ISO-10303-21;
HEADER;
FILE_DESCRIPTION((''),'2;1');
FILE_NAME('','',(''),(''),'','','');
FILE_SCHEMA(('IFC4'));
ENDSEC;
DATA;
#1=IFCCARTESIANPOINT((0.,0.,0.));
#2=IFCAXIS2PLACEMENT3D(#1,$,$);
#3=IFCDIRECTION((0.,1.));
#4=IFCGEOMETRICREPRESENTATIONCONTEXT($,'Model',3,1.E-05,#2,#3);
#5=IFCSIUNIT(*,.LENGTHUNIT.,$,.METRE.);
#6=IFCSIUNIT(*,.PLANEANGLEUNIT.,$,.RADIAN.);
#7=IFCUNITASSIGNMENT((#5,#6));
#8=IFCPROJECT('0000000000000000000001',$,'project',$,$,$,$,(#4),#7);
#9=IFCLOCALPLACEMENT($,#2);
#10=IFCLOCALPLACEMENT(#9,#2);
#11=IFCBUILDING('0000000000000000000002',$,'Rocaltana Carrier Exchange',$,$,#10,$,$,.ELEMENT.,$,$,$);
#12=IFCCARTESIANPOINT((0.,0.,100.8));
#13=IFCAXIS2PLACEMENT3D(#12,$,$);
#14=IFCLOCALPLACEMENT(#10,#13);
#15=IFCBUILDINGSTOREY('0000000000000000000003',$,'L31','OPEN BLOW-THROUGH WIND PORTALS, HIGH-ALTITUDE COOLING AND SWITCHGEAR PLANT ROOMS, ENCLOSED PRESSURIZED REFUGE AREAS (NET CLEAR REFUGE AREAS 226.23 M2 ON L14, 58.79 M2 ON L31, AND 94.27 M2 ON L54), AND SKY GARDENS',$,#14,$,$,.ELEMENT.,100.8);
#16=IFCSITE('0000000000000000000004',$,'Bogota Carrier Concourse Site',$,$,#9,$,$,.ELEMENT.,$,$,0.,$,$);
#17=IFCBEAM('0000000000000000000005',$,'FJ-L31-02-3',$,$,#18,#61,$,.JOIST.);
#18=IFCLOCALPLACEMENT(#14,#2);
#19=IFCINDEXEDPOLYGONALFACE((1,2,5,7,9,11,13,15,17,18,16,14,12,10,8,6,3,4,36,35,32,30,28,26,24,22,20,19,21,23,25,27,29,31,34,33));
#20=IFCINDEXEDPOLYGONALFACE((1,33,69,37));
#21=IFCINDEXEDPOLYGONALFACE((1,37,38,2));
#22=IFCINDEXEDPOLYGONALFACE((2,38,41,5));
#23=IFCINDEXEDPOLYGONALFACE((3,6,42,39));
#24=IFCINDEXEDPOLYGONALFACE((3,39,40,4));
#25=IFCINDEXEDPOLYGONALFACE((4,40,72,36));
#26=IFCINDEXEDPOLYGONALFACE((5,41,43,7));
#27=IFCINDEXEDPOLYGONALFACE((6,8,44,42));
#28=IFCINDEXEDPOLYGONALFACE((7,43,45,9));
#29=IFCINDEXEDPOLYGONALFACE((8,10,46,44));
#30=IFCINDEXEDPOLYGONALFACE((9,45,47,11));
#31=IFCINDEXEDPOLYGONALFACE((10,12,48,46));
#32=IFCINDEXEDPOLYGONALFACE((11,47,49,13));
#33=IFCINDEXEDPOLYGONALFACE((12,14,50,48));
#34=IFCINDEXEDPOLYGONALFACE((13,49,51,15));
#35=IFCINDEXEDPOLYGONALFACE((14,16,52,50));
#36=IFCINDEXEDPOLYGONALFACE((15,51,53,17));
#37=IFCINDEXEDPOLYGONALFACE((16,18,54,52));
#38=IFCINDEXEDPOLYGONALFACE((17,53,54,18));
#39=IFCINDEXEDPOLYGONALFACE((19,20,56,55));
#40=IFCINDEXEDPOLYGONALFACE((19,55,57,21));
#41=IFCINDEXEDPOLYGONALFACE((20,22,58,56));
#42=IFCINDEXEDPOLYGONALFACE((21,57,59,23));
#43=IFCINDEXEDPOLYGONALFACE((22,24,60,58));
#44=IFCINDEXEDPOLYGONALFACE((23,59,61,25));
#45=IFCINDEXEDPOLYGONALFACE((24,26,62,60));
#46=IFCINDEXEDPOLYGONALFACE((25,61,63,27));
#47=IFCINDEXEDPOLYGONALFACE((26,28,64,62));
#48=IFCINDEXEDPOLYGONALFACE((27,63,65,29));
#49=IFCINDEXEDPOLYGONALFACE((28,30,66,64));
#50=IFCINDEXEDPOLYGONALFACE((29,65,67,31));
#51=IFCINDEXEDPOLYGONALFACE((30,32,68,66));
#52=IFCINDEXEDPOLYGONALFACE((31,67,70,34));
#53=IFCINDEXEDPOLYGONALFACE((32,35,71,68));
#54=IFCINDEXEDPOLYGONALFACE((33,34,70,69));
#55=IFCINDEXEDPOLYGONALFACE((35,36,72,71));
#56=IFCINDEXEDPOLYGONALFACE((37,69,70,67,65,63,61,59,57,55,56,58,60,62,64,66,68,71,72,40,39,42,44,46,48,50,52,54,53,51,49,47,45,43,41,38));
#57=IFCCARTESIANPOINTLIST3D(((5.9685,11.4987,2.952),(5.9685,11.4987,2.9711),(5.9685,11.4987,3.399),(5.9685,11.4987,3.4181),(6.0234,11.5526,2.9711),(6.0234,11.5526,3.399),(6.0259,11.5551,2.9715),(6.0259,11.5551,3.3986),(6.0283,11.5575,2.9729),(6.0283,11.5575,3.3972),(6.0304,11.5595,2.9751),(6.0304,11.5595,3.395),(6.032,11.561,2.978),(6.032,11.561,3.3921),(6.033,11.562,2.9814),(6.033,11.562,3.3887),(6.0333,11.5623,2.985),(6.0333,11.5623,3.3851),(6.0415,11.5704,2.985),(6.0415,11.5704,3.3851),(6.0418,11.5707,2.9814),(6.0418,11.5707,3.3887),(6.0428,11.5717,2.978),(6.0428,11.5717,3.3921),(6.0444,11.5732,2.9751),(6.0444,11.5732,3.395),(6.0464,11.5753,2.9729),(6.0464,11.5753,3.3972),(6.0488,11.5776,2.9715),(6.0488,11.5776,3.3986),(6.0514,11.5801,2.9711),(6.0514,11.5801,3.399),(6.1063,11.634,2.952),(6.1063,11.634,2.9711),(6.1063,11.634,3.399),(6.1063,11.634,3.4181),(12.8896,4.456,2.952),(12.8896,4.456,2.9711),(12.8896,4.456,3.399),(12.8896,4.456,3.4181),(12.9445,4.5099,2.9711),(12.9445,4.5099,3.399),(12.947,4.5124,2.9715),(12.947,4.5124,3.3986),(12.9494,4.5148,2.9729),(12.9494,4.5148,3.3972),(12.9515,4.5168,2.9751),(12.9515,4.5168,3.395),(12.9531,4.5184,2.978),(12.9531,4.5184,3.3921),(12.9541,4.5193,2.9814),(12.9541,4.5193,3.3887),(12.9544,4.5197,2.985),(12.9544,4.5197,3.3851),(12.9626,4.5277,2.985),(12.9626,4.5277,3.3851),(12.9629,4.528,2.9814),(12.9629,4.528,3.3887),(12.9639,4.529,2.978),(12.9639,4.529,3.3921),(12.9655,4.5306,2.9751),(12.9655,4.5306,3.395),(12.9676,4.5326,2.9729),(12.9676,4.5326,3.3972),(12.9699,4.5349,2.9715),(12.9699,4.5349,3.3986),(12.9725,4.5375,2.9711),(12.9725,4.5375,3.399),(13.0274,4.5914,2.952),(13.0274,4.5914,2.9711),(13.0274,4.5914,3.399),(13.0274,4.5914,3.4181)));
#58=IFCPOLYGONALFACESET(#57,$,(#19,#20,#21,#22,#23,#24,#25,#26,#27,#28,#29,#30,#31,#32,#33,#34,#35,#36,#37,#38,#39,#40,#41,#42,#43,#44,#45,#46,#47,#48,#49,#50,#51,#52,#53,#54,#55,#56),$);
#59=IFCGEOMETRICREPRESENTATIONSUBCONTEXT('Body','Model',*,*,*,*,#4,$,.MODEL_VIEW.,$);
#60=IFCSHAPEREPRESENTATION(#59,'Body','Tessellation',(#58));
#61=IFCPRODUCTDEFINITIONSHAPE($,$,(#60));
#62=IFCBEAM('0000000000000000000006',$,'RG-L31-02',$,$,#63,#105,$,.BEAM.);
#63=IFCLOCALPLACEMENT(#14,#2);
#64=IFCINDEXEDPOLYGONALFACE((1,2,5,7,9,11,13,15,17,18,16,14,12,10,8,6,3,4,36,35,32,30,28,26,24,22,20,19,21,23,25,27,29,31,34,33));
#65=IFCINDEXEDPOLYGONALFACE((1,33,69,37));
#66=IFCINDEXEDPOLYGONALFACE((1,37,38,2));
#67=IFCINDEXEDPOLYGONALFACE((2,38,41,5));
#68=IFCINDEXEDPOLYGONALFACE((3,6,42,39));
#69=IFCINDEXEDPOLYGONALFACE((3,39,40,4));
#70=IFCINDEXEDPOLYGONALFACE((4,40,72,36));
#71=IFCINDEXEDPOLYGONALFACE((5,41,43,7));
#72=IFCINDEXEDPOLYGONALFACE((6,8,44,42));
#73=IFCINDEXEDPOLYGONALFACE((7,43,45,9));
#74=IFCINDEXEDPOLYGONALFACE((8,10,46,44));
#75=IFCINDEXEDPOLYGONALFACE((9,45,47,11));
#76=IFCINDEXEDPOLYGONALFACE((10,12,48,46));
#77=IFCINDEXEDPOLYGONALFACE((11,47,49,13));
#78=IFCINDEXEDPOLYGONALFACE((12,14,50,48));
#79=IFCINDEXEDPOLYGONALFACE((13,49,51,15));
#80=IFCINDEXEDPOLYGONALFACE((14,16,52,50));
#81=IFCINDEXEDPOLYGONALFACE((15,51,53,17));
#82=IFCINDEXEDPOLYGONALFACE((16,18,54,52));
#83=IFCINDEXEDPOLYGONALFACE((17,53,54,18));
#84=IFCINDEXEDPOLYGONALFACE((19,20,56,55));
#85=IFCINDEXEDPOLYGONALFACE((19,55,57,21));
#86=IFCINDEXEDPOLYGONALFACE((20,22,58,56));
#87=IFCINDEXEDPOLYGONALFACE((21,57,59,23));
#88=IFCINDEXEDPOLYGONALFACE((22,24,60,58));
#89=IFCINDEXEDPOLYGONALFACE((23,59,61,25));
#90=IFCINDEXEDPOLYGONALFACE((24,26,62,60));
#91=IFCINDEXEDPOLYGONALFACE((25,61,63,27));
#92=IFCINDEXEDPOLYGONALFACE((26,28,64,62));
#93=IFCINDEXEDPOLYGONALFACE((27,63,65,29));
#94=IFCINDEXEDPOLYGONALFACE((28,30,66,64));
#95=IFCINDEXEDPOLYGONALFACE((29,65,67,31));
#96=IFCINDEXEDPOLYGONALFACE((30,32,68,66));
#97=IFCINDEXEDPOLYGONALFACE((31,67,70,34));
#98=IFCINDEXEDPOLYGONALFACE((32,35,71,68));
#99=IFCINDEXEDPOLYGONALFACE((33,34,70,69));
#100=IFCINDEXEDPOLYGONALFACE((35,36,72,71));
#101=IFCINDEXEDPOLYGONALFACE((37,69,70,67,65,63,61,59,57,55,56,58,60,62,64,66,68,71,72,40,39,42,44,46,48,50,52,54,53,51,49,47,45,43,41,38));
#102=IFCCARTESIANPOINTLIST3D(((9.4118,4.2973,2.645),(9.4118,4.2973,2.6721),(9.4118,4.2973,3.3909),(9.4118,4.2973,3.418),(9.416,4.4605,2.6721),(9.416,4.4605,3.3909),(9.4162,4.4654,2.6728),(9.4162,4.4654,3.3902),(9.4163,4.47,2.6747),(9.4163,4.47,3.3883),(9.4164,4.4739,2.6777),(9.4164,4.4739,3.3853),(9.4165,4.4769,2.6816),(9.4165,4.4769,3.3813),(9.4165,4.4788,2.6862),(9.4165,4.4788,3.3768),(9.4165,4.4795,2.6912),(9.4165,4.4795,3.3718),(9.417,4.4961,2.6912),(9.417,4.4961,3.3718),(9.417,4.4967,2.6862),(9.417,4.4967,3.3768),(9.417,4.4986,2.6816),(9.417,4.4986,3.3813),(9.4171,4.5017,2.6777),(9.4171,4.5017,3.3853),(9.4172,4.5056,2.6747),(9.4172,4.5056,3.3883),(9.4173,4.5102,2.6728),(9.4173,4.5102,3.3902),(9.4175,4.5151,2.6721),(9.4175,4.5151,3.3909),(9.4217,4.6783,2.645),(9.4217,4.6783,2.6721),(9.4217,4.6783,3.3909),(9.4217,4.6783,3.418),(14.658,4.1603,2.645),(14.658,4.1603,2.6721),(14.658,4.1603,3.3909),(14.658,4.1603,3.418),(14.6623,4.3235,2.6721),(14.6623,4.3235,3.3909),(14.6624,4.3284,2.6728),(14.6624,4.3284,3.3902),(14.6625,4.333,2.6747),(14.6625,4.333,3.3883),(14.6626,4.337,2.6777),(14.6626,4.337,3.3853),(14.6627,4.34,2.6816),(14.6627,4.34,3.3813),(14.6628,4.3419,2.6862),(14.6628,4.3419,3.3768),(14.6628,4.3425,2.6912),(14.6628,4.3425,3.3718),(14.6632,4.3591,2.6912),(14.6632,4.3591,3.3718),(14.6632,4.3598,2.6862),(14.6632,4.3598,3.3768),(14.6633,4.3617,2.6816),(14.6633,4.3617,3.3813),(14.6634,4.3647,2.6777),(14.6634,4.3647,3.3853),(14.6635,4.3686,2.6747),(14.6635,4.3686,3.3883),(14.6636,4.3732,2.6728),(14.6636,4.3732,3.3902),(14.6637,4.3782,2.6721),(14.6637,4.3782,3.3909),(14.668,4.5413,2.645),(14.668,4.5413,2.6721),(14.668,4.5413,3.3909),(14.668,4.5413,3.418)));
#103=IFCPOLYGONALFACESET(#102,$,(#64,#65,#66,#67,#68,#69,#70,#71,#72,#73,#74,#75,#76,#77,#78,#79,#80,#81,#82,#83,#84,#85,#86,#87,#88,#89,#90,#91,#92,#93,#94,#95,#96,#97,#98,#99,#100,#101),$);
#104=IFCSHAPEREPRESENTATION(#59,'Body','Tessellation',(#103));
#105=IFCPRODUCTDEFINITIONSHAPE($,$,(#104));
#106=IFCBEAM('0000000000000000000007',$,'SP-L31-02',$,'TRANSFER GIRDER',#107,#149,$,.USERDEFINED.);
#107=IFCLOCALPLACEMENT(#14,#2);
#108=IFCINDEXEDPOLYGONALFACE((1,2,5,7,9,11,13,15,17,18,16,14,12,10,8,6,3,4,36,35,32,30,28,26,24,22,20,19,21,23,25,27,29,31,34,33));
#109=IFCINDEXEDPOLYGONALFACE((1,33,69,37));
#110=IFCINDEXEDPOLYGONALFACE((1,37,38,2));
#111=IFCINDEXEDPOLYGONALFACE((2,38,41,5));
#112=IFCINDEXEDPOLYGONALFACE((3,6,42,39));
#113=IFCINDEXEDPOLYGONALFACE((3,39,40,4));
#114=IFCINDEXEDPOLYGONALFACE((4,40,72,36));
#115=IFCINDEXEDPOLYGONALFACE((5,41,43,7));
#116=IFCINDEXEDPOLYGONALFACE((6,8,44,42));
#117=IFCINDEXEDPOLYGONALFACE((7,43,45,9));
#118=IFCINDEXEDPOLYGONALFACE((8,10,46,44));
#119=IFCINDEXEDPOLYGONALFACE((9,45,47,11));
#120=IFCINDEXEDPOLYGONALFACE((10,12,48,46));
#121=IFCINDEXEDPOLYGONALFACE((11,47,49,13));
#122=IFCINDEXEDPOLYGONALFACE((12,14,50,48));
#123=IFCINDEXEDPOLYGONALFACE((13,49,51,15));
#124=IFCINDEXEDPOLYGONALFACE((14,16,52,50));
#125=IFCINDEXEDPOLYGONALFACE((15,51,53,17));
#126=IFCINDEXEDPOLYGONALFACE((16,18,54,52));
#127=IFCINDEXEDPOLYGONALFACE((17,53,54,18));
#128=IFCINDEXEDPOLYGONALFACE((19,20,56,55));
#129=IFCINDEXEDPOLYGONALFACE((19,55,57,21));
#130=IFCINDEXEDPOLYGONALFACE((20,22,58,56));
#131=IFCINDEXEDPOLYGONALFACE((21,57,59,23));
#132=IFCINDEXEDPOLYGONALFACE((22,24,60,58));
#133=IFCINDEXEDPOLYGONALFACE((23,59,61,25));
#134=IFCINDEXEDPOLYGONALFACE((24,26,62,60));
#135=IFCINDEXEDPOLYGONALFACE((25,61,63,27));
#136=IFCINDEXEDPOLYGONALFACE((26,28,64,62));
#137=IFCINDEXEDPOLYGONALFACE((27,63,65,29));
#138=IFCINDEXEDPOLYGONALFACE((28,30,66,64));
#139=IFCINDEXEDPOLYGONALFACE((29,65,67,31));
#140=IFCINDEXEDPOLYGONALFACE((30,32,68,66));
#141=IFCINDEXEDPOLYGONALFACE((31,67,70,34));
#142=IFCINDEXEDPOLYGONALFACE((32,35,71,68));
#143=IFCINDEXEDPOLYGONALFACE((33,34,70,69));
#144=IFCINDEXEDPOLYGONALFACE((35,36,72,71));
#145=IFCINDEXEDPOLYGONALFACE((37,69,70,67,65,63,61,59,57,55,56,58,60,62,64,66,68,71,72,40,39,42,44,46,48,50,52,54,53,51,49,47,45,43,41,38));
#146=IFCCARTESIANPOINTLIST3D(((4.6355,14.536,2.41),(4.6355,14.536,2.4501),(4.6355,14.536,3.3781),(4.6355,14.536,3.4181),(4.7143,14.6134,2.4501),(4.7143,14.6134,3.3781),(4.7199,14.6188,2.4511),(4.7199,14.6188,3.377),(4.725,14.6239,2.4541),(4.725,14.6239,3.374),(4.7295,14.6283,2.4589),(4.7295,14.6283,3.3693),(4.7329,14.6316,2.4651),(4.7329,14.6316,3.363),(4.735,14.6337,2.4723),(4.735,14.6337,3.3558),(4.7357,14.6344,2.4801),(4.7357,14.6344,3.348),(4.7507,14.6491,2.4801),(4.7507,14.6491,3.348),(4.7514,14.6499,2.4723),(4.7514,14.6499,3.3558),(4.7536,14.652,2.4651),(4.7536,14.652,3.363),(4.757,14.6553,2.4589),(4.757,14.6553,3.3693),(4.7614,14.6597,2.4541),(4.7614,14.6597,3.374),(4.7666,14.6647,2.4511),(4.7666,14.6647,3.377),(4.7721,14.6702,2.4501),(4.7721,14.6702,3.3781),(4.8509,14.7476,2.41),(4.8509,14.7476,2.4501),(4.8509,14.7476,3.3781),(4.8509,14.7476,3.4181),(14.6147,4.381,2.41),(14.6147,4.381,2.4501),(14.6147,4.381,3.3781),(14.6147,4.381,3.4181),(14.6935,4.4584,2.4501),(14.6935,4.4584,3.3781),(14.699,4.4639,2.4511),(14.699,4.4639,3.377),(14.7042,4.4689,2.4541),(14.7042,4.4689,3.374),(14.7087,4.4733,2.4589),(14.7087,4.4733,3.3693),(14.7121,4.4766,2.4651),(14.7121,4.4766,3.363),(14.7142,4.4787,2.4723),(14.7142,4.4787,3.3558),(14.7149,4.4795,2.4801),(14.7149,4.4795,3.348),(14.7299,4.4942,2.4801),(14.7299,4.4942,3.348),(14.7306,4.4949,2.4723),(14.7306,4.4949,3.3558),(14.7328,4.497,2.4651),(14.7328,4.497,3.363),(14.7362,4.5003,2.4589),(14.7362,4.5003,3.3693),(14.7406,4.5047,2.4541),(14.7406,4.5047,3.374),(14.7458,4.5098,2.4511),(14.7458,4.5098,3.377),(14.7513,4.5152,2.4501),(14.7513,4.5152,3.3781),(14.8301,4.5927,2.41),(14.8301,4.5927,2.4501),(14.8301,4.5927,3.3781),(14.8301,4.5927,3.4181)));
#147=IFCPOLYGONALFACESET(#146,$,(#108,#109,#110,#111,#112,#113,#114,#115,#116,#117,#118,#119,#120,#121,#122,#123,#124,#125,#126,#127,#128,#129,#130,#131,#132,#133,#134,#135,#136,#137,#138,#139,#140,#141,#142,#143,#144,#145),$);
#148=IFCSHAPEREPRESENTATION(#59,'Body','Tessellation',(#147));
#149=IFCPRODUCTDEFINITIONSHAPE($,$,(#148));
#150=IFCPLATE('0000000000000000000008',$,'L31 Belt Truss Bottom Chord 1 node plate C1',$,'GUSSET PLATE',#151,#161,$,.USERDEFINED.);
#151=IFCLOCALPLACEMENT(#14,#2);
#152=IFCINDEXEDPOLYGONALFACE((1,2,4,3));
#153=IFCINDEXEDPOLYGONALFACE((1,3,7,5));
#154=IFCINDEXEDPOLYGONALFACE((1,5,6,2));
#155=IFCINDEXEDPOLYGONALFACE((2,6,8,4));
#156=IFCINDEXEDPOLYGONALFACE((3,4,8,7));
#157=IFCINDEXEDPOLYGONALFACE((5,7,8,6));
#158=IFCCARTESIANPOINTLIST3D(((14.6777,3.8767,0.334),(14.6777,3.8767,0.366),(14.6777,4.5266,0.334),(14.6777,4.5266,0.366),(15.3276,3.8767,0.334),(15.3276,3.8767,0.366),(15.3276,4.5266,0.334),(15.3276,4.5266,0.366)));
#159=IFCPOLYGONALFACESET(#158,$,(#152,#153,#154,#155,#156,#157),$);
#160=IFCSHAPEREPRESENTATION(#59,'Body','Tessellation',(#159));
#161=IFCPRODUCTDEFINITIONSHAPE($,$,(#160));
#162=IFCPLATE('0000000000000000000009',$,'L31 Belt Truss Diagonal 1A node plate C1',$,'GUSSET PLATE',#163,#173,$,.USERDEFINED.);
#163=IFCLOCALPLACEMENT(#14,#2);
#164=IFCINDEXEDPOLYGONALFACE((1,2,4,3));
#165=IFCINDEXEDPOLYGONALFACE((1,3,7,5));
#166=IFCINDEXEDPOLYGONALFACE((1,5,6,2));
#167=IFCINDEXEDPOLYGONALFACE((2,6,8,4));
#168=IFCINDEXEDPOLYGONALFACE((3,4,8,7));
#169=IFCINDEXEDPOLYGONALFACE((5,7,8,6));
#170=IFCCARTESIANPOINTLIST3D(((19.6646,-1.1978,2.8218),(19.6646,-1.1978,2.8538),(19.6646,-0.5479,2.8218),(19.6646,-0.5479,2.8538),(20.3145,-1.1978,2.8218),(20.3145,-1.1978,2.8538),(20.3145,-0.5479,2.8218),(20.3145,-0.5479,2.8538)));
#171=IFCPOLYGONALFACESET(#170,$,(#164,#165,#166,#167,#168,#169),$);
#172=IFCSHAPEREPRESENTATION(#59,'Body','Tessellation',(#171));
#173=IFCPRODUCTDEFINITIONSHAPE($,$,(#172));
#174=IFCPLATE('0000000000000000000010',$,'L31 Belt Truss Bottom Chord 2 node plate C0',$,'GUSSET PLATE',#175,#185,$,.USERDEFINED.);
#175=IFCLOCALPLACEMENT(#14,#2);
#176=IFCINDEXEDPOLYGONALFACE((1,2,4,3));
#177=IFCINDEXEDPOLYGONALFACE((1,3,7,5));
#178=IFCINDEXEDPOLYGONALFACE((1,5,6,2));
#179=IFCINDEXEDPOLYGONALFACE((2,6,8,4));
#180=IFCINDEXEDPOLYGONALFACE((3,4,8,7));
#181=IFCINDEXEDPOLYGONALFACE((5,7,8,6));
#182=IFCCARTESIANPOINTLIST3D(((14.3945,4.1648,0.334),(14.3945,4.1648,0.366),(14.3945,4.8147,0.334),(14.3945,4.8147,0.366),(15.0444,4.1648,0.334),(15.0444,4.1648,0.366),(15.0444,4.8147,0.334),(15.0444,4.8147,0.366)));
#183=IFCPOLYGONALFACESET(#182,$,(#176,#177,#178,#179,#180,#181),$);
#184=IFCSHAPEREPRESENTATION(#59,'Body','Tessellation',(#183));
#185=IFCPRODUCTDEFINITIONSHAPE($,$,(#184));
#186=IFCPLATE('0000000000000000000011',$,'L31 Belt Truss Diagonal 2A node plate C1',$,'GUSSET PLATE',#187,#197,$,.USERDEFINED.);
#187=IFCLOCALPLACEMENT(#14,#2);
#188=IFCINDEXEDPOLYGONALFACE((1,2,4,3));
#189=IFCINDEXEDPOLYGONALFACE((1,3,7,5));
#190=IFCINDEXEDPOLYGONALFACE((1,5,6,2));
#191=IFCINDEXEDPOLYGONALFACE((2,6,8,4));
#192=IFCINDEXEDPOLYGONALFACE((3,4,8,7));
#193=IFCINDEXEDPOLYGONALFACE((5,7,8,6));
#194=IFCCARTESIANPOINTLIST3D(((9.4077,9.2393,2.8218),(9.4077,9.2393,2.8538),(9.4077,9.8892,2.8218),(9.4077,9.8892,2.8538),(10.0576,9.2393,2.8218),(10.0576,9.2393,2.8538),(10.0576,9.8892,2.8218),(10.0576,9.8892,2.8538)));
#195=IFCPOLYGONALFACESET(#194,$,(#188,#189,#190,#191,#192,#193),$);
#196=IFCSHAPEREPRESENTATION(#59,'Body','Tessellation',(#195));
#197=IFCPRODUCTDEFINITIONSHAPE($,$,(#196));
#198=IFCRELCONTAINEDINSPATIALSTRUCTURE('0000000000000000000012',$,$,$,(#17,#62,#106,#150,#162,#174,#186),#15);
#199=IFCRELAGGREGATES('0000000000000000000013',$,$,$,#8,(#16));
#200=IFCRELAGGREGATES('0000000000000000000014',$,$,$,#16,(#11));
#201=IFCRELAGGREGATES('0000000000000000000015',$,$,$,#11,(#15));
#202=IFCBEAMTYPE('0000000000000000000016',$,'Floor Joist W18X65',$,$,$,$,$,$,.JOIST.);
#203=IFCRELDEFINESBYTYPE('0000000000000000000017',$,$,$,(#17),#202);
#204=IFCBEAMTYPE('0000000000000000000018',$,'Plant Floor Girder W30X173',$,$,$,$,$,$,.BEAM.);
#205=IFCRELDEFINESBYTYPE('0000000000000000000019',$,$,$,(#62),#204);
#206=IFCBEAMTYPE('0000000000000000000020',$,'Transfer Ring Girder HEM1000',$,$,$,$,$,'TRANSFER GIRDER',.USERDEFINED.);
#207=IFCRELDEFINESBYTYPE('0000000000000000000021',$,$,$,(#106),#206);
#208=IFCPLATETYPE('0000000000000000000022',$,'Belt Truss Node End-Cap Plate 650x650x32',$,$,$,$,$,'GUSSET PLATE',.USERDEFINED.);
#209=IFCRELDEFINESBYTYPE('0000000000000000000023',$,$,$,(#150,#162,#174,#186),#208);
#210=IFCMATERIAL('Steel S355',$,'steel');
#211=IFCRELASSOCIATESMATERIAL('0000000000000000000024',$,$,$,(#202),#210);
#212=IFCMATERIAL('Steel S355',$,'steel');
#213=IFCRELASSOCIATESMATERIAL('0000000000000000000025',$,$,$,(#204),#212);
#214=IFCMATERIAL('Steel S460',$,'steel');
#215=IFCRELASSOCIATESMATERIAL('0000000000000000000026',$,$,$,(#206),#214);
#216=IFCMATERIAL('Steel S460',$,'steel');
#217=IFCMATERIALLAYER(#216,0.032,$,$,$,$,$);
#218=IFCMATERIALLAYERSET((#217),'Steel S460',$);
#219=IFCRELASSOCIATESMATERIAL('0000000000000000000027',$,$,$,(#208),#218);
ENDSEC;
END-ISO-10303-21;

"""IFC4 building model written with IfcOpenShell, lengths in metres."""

from ifc_helpers import new_model, si_unit, direction, frame, origin, origin_2d, place, context, subcontext, project, spatial, rectangle, i_section, extrude, material, layer, layer_set, material_profile, profile_set, type_object, element, save


model = new_model("IFC4")

# Units and contexts
model_context = context("Model", 3, precision=1e-05, world=origin(), true_north=direction((0.0, 1.0)))
body_context = subcontext(model_context, "Body", "Model", "MODEL_VIEW")
ifc_project = project(units=[si_unit("LENGTHUNIT", "METRE"), si_unit("PLANEANGLEUNIT", "RADIAN")], contexts=[model_context])

# Site, building, storey
site_placement = place(None, origin())
site = spatial("IfcSite", under=ifc_project, at=site_placement, Name="Bogota Carrier Concourse Site", CompositionType="ELEMENT", RefElevation=0.0)
building_placement = place(site_placement, origin())
building = spatial("IfcBuilding", under=site, at=building_placement, Name="Rocaltana Carrier Exchange", CompositionType="ELEMENT")
storey_placement = place(building_placement, frame((0.0, 0.0, 100.8)))
storey = spatial("IfcBuildingStorey", under=building, at=storey_placement, Name="L31", Description="OPEN BLOW-THROUGH WIND PORTALS, HIGH-ALTITUDE COOLING AND SWITCHGEAR PLANT ROOMS, ENCLOSED PRESSURIZED REFUGE AREAS (NET CLEAR REFUGE AREAS 226.23 M2 ON L14, 58.79 M2 ON L31, AND 94.27 M2 ON L54), AND SKY GARDENS", CompositionType="ELEMENT", Elevation=100.8)

# Beams
ifc_material_1 = material(Name="Steel S355", Category="steel")
ifc_material_profile_1 = material_profile(ifc_material_1, i_section(OverallWidth=0.1931, OverallDepth=0.4661, WebThickness=0.0115, FlangeThickness=0.019, FilletRadius=0.0139, at=origin_2d()), Name="W18X65")
ifc_profile_set_1 = profile_set([ifc_material_profile_1], Name="Steel S355")
beam_type_1 = type_object("IfcBeamType", Name="Floor Joist W18X65", PredefinedType="JOIST", material=ifc_profile_set_1)
beam_1_placement = place(storey_placement, frame((12.9585, 4.5237, 3.1851), z_axis=(-0.700924, 0.713236, 0.0), x_axis=(-0.713236, -0.700924, 0.0)))
element("IfcBeam", 1, at=beam_1_placement, inside=storey, type_object=beam_type_1, Name="FJ-L31-02-3", PredefinedType="JOIST", context=body_context, shape_type="SweptSolid", body=[
    extrude(i_section(OverallWidth=0.1931, OverallDepth=0.4661, WebThickness=0.0115, FlangeThickness=0.019, FilletRadius=0.0139, at=origin_2d()), origin(), (0.0, 0.0, 1.0), 9.8743),
])
ifc_material_2 = material(Name="Steel S355", Category="steel")
ifc_material_profile_2 = material_profile(ifc_material_2, i_section(OverallWidth=0.3811, OverallDepth=0.7729, WebThickness=0.0166, FlangeThickness=0.0271, FilletRadius=0.019, at=origin_2d()), Name="W30X173")
ifc_profile_set_2 = profile_set([ifc_material_profile_2], Name="Steel S355")
beam_type_2 = type_object("IfcBeamType", Name="Plant Floor Girder W30X173", PredefinedType="BEAM", material=ifc_profile_set_2)
beam_2_placement = place(storey_placement, frame((9.4167, 4.4878, 3.0315), z_axis=(0.999659, -0.026097, 0.0), x_axis=(0.026097, 0.999659, 0.0)))
element("IfcBeam", 2, at=beam_2_placement, inside=storey, type_object=beam_type_2, Name="RG-L31-02", PredefinedType="BEAM", context=body_context, shape_type="SweptSolid", body=[
    extrude(i_section(OverallWidth=0.3811, OverallDepth=0.7729, WebThickness=0.0166, FlangeThickness=0.0271, FilletRadius=0.019, at=origin_2d()), origin(), (0.0, 0.0, 1.0), 5.248),
])
ifc_material_3 = material(Name="Steel S460", Category="steel")
ifc_material_profile_3 = material_profile(ifc_material_3, i_section(OverallWidth=0.302, OverallDepth=1.0081, WebThickness=0.021, FlangeThickness=0.04, FilletRadius=0.03, at=origin_2d()), Name="HEM1000")
ifc_profile_set_3 = profile_set([ifc_material_profile_3], Name="Steel S460")
beam_type_3 = type_object("IfcBeamType", Name="Transfer Ring Girder HEM1000", ElementType="TRANSFER GIRDER", PredefinedType="USERDEFINED", material=ifc_profile_set_3)
beam_3_placement = place(storey_placement, frame((14.7224, 4.4868, 2.9141), z_axis=(-0.700907, 0.713253, 0.0), x_axis=(-0.713253, -0.700907, 0.0)))
element("IfcBeam", 3, at=beam_3_placement, inside=storey, type_object=beam_type_3, Name="SP-L31-02", ObjectType="TRANSFER GIRDER", PredefinedType="USERDEFINED", context=body_context, shape_type="SweptSolid", body=[
    extrude(i_section(OverallWidth=0.302, OverallDepth=1.0081, WebThickness=0.021, FlangeThickness=0.04, FilletRadius=0.03, at=origin_2d()), origin(), (0.0, 0.0, 1.0), 14.2375),
])

# Plates
ifc_material_4 = material(Name="Steel S460", Category="steel")
ifc_layer_1 = layer(ifc_material_4, 0.032)
ifc_layer_set_1 = layer_set([ifc_layer_1], Name="Steel S460")
plate_type = type_object("IfcPlateType", Name="Belt Truss Node End-Cap Plate 650x650x32", ElementType="GUSSET PLATE", PredefinedType="USERDEFINED", material=ifc_layer_set_1)
for number, where, z_axis, x_axis, name in (
    (4, (15.0027, 4.2017, 0.334), (0.0, 0.0, 1.0), (1.0, 0.0, 0.0), "L31 Belt Truss Bottom Chord 1 node plate C1"),
    (5, (19.9895, -0.8728, 2.8218), (0.0, 0.0, 1.0), (1.0, 0.0, 0.0), "L31 Belt Truss Diagonal 1A node plate C1"),
    (6, (14.7195, 4.4897, 0.334), (0.0, 0.0, 1.0), (1.0, 0.0, 0.0), "L31 Belt Truss Bottom Chord 2 node plate C0"),
    (7, (9.7327, 9.5642, 2.8218), (0.0, 0.0, 1.0), (1.0, 0.0, 0.0), "L31 Belt Truss Diagonal 2A node plate C1"),
):
    element("IfcPlate", number, at=place(storey_placement, frame(where, z_axis=z_axis, x_axis=x_axis)), inside=storey, type_object=plate_type, Name=name, ObjectType="GUSSET PLATE", PredefinedType="USERDEFINED", context=body_context, shape_type="SweptSolid", body=[
        extrude(rectangle(XDim=0.6499, YDim=0.6499, at=origin_2d()), origin(), (0.0, 0.0, 1.0), 0.032),
    ])

save(model, "model.ifc")
